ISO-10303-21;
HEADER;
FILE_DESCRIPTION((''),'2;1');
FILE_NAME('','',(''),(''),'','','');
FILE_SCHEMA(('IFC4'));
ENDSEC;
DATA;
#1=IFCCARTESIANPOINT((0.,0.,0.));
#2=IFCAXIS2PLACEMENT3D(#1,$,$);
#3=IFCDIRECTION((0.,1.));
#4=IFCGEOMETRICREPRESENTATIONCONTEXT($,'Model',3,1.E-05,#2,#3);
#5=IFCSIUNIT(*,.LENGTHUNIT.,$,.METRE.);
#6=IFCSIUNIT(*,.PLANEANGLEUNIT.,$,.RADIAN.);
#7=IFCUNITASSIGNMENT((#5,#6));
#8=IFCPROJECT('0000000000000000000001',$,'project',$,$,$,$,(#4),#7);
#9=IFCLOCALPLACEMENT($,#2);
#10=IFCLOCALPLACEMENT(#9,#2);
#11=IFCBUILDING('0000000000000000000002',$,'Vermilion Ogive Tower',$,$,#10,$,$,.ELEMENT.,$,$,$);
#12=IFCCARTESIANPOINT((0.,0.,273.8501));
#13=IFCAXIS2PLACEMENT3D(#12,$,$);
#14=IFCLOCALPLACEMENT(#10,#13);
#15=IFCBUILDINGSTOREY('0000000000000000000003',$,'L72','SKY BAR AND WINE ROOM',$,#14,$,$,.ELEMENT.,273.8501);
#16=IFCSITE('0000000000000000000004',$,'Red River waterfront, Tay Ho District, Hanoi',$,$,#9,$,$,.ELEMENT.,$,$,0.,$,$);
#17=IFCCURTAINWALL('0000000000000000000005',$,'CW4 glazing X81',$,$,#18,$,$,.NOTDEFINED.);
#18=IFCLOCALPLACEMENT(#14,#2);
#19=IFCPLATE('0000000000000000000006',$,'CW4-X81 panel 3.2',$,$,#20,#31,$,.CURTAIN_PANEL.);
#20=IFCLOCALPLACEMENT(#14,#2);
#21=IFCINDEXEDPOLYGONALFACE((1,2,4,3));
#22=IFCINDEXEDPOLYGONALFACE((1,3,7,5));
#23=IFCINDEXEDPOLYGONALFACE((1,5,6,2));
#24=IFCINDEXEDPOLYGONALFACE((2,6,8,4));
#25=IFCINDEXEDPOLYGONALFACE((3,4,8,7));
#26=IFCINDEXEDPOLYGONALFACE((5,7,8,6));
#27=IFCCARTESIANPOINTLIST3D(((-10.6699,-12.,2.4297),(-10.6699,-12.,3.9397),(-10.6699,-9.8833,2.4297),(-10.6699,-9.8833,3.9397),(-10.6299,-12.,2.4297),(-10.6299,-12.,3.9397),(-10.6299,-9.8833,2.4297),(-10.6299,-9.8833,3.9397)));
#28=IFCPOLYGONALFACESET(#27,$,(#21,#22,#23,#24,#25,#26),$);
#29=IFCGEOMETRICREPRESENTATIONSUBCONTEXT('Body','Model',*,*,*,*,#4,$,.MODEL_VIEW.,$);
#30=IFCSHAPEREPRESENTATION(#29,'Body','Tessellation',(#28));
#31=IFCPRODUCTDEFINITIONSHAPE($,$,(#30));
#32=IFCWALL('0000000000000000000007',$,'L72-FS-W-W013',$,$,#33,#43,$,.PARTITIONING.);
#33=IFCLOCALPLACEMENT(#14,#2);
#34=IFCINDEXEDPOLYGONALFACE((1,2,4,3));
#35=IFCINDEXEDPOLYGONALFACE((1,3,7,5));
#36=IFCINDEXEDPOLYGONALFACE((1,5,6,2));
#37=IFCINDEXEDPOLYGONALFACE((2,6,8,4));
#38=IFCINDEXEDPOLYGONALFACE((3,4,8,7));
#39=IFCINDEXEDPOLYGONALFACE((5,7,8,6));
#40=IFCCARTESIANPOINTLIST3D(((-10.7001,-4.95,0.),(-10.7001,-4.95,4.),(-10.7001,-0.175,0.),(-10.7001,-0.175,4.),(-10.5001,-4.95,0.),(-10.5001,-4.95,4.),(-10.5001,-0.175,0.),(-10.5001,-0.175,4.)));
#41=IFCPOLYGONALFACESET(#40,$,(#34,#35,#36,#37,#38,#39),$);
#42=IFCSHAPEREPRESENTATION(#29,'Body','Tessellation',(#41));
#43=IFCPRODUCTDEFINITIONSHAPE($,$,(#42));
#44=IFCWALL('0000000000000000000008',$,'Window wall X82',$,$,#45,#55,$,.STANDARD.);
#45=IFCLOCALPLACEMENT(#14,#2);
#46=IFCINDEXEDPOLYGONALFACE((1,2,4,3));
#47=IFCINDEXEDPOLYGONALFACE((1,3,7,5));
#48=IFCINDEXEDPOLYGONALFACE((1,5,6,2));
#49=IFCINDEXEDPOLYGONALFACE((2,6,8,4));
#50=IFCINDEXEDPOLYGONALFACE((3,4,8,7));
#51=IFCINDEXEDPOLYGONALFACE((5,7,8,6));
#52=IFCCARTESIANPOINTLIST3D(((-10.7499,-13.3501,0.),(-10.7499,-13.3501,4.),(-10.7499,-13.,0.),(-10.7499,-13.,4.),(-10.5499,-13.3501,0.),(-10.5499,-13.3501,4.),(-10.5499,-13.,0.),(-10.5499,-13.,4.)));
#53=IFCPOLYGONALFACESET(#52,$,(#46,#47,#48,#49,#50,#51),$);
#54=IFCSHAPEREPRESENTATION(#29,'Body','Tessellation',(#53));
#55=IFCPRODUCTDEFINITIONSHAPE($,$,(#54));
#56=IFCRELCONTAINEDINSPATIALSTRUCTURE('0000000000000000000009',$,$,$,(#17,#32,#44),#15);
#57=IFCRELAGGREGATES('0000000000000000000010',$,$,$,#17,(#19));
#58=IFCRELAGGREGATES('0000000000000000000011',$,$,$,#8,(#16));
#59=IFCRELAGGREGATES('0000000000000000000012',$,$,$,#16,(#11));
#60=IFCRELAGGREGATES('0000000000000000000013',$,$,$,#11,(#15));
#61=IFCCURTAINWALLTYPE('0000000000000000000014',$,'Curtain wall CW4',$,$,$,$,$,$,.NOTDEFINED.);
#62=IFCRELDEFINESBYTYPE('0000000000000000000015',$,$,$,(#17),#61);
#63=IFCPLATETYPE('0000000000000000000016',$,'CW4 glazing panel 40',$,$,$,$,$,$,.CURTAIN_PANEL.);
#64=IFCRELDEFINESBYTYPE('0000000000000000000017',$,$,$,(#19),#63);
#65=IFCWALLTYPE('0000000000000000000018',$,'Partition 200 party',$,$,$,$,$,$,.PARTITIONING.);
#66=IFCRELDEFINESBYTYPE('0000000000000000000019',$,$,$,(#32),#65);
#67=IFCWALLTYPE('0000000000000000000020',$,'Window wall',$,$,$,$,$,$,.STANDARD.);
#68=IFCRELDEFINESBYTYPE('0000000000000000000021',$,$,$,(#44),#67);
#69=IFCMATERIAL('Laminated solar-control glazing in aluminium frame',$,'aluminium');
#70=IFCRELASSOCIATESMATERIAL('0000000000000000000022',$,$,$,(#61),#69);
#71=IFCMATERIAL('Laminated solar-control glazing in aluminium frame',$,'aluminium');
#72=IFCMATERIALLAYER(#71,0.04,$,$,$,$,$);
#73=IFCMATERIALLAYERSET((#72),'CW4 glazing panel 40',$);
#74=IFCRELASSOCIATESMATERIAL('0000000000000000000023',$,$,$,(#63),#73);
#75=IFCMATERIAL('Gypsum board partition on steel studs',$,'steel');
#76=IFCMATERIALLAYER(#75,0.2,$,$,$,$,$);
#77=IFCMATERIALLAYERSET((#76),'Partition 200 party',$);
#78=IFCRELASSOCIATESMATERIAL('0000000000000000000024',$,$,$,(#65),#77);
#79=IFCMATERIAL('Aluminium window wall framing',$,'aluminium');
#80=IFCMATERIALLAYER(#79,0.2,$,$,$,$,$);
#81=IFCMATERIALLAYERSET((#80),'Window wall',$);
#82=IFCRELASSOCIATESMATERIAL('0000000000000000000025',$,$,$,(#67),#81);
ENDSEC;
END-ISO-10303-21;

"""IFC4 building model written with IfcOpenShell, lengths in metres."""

from ifc_helpers import new_model, si_unit, direction, frame, frame_2d, origin, origin_2d, place, context, subcontext, project, spatial, rectangle, extrude, material, layer, layer_set, type_object, element, aggregate, save


model = new_model("IFC4")

# Units and contexts
model_context = context("Model", 3, precision=1e-05, world=origin(), true_north=direction((0.0, 1.0)))
body_context = subcontext(model_context, "Body", "Model", "MODEL_VIEW")
ifc_project = project(units=[si_unit("LENGTHUNIT", "METRE"), si_unit("PLANEANGLEUNIT", "RADIAN")], contexts=[model_context])

# Site, building, storey
site_placement = place(None, origin())
site = spatial("IfcSite", under=ifc_project, at=site_placement, Name="Red River waterfront, Tay Ho District, Hanoi", CompositionType="ELEMENT", RefElevation=0.0)
building_placement = place(site_placement, origin())
building = spatial("IfcBuilding", under=site, at=building_placement, Name="Vermilion Ogive Tower", CompositionType="ELEMENT")
storey_placement = place(building_placement, frame((0.0, 0.0, 273.8501)))
storey = spatial("IfcBuildingStorey", under=building, at=storey_placement, Name="L72", Description="SKY BAR AND WINE ROOM", CompositionType="ELEMENT", Elevation=273.8501)

# Curtain wall
ifc_material_1 = material(Name="Laminated solar-control glazing in aluminium frame", Category="aluminium")
curtain_wall_type = type_object("IfcCurtainWallType", Name="Curtain wall CW4", PredefinedType="NOTDEFINED", material=ifc_material_1)
curtain_wall_1_placement = place(storey_placement, origin())
curtain_wall_1 = element("IfcCurtainWall", 1, at=curtain_wall_1_placement, inside=storey, type_object=curtain_wall_type, Name="CW4 glazing X81", PredefinedType="NOTDEFINED")

# Plate
ifc_material_2 = material(Name="Laminated solar-control glazing in aluminium frame", Category="aluminium")
ifc_layer_1 = layer(ifc_material_2, 0.04)
ifc_layer_set_1 = layer_set([ifc_layer_1], Name="CW4 glazing panel 40")
plate_type = type_object("IfcPlateType", Name="CW4 glazing panel 40", PredefinedType="CURTAIN_PANEL", material=ifc_layer_set_1)
plate_1_placement = place(storey_placement, frame((-10.6499, -10.9417, 2.4297), z_axis=(0.0, 0.0, 1.0), x_axis=(0.0, -1.0, 0.0)))
plate_1 = element("IfcPlate", 2, at=plate_1_placement, type_object=plate_type, Name="CW4-X81 panel 3.2", PredefinedType="CURTAIN_PANEL", context=body_context, shape_type="SweptSolid", body=[
    extrude(rectangle(XDim=2.1167, YDim=0.04, at=origin_2d()), origin(), (0.0, 0.0, 1.0), 1.51),
])
aggregate(curtain_wall_1, [plate_1])

# Walls
ifc_material_3 = material(Name="Gypsum board partition on steel studs", Category="steel")
ifc_layer_2 = layer(ifc_material_3, 0.2)
ifc_layer_set_2 = layer_set([ifc_layer_2], Name="Partition 200 party")
wall_type_1 = type_object("IfcWallType", Name="Partition 200 party", PredefinedType="PARTITIONING", material=ifc_layer_set_2)
wall_1_placement = place(storey_placement, frame((-10.6001, -4.95, 0.0), z_axis=(0.0, 0.0, 1.0), x_axis=(0.0, 1.0, 0.0)))
element("IfcWall", 3, at=wall_1_placement, inside=storey, type_object=wall_type_1, Name="L72-FS-W-W013", PredefinedType="PARTITIONING", context=body_context, shape_type="SweptSolid", body=[
    extrude(rectangle(XDim=4.7749, YDim=0.2, at=frame_2d((2.3875, 0.0))), origin(), (0.0, 0.0, 1.0), 4.0),
])
ifc_material_4 = material(Name="Aluminium window wall framing", Category="aluminium")
ifc_layer_3 = layer(ifc_material_4, 0.2)
ifc_layer_set_3 = layer_set([ifc_layer_3], Name="Window wall")
wall_type_2 = type_object("IfcWallType", Name="Window wall", PredefinedType="STANDARD", material=ifc_layer_set_3)
wall_2_placement = place(storey_placement, frame((-10.6499, -13.0, 0.0), z_axis=(0.0, 0.0, 1.0), x_axis=(0.0, -1.0, 0.0)))
element("IfcWall", 4, at=wall_2_placement, inside=storey, type_object=wall_type_2, Name="Window wall X82", PredefinedType="STANDARD", context=body_context, shape_type="SweptSolid", body=[
    extrude(rectangle(XDim=0.3501, YDim=0.2, at=frame_2d((0.175, 0.0))), origin(), (0.0, 0.0, 1.0), 4.0),
])

save(model, "model.ifc")
